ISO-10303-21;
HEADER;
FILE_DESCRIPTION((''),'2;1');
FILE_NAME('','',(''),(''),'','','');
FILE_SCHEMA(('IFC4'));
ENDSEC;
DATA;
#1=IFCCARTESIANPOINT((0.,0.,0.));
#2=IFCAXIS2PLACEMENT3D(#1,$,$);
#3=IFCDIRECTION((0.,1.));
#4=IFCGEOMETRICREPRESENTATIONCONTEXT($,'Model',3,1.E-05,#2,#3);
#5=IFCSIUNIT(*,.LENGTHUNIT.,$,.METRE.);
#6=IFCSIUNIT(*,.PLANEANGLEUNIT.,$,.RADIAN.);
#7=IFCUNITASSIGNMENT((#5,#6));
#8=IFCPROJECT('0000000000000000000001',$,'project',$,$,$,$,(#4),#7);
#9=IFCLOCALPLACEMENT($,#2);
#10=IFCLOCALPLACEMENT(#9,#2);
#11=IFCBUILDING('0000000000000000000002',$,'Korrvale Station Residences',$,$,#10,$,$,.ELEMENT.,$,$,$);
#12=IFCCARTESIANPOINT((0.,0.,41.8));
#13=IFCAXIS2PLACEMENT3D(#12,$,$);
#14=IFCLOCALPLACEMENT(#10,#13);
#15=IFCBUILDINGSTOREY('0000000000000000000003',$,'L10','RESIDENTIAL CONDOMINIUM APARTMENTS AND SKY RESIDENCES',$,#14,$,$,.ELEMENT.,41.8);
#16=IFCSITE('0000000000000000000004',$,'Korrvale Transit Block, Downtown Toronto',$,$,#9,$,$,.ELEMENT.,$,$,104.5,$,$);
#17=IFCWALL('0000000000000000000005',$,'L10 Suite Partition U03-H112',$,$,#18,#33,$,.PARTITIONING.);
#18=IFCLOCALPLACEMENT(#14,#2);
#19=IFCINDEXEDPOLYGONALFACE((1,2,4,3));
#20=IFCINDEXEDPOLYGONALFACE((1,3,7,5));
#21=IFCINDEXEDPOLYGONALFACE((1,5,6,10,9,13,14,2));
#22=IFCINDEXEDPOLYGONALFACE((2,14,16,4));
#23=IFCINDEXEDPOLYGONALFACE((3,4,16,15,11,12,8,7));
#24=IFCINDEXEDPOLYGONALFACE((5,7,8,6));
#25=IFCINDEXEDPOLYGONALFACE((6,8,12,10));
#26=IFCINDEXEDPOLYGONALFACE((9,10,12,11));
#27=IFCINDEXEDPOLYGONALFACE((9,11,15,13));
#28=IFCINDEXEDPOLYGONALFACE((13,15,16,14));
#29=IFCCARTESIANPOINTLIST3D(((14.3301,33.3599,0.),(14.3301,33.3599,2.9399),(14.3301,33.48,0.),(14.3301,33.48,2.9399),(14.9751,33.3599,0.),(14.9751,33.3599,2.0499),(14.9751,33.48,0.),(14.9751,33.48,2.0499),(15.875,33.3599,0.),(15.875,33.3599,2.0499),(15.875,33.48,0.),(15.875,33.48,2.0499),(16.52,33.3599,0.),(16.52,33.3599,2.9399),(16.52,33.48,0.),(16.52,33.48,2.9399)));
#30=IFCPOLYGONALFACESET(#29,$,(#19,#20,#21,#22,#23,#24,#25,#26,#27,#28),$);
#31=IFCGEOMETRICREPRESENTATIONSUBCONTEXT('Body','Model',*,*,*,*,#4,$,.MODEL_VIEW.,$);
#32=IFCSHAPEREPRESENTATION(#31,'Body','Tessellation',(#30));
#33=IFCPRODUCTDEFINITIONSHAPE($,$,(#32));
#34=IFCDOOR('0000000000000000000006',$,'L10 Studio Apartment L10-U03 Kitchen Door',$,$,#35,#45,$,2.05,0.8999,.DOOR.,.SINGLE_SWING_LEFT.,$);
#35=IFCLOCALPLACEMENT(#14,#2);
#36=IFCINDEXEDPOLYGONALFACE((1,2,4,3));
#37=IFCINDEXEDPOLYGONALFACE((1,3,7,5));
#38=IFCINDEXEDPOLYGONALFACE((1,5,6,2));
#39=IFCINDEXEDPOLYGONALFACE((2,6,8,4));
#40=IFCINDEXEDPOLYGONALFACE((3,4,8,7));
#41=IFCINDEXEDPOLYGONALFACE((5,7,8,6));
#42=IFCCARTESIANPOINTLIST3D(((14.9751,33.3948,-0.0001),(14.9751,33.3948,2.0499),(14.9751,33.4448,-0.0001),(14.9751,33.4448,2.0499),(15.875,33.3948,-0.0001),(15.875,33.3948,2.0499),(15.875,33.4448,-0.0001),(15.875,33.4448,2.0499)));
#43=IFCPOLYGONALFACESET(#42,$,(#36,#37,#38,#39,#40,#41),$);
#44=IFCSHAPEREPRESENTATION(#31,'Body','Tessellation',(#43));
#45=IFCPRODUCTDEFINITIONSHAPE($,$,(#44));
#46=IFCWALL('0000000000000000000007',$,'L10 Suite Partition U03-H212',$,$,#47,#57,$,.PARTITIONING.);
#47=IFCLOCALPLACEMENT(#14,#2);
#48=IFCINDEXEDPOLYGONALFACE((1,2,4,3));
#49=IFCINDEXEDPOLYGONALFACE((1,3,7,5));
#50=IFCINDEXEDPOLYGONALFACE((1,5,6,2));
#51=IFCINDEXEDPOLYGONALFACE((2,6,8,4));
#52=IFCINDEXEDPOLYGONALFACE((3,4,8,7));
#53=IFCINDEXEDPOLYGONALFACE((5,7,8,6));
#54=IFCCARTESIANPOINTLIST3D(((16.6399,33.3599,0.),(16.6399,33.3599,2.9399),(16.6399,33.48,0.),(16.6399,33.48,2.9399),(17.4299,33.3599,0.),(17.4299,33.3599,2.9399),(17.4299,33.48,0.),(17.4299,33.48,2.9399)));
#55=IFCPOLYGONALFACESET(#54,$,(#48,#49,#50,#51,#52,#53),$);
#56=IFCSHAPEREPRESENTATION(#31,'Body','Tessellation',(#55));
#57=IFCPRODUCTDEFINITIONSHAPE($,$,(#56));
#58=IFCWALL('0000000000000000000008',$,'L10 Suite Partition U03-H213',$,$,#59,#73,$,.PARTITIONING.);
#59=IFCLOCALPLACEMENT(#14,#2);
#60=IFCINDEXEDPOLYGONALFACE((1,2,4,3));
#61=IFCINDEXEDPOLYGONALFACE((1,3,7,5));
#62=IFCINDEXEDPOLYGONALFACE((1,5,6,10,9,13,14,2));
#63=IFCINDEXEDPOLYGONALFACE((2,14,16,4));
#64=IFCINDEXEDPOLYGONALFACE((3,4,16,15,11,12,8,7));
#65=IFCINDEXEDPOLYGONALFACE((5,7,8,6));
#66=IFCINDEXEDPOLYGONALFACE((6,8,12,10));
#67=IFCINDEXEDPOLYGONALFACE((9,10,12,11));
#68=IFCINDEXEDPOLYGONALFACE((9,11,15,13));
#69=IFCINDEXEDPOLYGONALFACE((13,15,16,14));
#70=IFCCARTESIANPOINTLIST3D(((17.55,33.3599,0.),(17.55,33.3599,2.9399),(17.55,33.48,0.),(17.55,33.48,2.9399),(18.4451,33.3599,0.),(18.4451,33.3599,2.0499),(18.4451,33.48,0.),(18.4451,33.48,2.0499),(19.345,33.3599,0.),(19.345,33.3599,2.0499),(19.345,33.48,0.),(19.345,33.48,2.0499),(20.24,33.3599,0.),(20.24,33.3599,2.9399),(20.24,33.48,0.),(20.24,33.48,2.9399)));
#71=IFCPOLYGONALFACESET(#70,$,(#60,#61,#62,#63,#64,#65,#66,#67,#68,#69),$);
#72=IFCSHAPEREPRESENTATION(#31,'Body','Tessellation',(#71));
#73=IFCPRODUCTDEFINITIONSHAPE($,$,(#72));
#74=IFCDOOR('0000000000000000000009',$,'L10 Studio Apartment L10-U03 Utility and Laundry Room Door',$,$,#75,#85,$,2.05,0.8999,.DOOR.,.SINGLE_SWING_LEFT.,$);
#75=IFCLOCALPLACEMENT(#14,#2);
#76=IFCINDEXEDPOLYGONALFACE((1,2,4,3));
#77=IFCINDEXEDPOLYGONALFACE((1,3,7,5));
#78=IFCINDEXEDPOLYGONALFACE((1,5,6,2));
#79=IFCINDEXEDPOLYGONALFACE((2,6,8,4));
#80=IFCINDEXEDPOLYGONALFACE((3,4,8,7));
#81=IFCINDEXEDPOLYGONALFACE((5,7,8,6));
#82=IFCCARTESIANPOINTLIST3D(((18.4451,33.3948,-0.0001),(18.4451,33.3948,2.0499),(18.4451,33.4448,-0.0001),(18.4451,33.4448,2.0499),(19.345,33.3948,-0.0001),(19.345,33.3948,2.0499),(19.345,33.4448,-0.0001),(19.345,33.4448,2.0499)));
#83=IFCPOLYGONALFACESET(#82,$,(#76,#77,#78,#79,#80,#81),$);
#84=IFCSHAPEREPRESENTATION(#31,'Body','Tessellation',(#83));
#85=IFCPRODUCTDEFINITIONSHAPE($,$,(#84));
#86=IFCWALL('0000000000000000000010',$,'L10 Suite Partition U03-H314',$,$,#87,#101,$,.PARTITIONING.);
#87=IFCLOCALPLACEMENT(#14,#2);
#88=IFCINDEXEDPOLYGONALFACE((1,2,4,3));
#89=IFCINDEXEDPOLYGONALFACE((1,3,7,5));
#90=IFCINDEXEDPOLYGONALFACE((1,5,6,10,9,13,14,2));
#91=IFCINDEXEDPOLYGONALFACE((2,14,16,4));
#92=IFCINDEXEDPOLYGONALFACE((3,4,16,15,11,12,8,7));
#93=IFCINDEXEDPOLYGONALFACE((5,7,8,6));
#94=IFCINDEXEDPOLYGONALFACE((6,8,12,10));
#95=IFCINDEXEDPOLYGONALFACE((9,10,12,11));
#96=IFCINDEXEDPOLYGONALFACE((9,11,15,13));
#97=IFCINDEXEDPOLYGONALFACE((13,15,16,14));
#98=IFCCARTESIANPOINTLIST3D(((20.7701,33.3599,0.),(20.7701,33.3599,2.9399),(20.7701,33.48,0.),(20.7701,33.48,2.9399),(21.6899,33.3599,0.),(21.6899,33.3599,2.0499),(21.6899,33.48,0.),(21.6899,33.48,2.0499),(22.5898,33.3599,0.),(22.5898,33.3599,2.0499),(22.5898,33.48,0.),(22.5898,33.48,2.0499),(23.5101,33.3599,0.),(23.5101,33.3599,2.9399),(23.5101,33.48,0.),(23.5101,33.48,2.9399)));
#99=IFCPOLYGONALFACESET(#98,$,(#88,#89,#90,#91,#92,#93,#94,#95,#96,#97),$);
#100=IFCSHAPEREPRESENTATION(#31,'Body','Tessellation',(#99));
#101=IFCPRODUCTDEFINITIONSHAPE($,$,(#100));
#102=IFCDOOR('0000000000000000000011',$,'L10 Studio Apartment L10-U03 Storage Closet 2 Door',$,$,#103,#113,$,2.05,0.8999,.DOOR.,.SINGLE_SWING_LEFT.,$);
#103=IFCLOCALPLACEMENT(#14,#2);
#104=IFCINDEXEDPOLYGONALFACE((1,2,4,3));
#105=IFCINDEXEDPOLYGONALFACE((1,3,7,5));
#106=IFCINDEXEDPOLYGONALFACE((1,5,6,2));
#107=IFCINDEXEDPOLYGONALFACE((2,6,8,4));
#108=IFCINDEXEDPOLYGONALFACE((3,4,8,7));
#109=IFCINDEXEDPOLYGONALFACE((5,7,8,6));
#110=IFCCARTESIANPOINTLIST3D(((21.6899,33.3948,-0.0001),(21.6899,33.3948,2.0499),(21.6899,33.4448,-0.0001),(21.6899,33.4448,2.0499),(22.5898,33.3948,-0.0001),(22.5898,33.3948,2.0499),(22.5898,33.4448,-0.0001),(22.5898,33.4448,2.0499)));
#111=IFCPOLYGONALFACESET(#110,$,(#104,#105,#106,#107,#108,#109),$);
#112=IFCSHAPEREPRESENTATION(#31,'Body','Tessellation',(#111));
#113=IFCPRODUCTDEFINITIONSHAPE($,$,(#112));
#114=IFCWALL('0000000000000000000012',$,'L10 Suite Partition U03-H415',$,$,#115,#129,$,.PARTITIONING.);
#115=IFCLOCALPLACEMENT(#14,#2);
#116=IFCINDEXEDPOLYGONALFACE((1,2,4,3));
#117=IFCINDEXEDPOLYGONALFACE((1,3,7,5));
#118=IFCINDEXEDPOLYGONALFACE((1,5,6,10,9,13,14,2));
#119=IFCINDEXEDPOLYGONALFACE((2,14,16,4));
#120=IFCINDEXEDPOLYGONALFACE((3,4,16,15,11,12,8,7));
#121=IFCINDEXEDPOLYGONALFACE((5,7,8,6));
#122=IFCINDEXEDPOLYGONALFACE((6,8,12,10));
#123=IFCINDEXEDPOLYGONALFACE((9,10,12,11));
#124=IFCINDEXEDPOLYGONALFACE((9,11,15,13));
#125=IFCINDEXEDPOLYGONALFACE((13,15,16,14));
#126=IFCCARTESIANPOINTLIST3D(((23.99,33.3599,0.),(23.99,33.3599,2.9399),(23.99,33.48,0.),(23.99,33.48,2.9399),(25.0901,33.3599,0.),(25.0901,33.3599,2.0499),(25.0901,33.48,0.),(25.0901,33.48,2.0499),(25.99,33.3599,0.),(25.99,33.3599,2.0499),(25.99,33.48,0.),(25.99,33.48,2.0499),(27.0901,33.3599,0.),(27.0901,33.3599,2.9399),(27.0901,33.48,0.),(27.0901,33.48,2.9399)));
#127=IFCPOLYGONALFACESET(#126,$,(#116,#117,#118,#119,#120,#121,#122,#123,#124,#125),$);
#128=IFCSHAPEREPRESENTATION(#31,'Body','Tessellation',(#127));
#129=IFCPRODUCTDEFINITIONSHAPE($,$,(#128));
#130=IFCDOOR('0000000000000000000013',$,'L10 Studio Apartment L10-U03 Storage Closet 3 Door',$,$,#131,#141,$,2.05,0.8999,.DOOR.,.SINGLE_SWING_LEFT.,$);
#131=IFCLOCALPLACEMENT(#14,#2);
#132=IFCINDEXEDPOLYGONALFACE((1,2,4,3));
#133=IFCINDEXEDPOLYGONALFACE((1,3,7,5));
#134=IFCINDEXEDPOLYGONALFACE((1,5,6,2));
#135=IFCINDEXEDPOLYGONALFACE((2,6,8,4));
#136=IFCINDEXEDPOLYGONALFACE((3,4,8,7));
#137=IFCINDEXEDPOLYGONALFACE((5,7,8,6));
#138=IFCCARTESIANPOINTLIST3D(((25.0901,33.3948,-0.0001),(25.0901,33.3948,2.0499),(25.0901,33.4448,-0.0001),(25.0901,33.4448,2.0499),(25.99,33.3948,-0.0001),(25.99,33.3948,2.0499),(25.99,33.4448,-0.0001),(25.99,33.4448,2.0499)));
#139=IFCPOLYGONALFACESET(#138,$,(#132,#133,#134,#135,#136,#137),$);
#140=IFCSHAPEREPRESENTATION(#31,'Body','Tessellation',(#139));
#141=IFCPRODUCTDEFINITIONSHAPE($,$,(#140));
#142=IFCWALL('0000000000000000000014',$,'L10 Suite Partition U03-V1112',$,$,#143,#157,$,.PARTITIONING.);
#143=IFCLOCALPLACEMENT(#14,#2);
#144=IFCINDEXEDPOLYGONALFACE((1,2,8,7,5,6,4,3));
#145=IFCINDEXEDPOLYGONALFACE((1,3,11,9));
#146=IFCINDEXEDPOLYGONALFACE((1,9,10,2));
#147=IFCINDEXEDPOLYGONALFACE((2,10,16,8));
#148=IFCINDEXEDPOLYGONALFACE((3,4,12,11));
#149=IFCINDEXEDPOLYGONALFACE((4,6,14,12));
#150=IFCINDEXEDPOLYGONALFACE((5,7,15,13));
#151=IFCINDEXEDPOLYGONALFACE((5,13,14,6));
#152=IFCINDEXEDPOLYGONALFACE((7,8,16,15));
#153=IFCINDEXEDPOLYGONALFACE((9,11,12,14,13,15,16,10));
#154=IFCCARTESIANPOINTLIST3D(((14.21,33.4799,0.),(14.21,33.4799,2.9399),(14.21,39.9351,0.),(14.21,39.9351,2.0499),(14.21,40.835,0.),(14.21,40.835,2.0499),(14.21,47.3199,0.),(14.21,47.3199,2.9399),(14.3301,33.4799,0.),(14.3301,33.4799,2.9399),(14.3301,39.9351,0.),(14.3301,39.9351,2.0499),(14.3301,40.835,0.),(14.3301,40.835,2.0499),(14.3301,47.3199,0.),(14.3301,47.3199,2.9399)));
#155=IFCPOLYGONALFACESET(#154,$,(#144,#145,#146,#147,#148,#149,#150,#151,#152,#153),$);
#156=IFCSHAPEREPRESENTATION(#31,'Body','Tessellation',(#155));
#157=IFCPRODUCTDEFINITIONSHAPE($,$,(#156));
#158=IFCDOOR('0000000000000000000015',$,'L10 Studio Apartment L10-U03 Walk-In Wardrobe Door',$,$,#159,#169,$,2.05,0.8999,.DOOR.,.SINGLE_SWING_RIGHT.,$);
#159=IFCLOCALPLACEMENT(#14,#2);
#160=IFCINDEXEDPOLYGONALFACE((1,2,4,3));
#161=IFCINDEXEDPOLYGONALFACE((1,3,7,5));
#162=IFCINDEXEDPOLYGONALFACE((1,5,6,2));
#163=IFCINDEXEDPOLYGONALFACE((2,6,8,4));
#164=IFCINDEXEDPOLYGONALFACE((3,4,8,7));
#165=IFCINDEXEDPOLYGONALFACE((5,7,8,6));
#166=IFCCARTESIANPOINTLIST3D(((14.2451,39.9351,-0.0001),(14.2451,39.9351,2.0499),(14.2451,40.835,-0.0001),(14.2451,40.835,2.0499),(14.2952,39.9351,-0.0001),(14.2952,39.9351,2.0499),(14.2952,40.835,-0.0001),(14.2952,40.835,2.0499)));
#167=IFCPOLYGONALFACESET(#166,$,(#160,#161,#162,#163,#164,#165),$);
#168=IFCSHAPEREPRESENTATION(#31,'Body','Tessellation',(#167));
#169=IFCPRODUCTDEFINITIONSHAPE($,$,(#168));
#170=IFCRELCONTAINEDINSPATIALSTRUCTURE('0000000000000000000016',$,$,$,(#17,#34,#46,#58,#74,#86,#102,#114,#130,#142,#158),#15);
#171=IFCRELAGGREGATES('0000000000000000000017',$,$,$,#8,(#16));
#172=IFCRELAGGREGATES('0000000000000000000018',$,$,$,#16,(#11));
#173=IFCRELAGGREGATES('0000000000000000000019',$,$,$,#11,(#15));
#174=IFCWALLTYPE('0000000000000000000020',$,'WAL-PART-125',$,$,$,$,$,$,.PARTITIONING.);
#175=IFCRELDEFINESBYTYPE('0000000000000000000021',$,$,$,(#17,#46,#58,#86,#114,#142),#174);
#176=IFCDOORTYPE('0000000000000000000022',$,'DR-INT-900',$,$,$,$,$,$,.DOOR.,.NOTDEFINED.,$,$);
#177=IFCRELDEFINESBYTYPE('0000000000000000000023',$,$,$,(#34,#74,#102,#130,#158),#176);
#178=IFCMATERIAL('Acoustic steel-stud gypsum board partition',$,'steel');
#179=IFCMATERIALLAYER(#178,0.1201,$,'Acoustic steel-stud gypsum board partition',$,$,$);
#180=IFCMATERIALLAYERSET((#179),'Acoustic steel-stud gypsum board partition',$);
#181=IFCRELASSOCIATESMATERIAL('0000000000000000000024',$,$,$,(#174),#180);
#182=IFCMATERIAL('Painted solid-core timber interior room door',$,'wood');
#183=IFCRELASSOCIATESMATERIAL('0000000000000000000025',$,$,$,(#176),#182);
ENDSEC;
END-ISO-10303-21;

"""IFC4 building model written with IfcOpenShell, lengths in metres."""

from ifc_helpers import new_model, si_unit, direction, frame, frame_2d, origin, place, context, subcontext, project, spatial, rectangle, extrude, material, layer, layer_set, type_object, element, fill, save


model = new_model("IFC4")

# Units and contexts
model_context = context("Model", 3, precision=1e-05, world=origin(), true_north=direction((0.0, 1.0)))
body_context = subcontext(model_context, "Body", "Model", "MODEL_VIEW")
ifc_project = project(units=[si_unit("LENGTHUNIT", "METRE"), si_unit("PLANEANGLEUNIT", "RADIAN")], contexts=[model_context])

# Site, building, storey
site_placement = place(None, origin())
site = spatial("IfcSite", under=ifc_project, at=site_placement, Name="Korrvale Transit Block, Downtown Toronto", CompositionType="ELEMENT", RefElevation=104.5)
building_placement = place(site_placement, origin())
building = spatial("IfcBuilding", under=site, at=building_placement, Name="Korrvale Station Residences", CompositionType="ELEMENT")
storey_placement = place(building_placement, frame((0.0, 0.0, 41.8)))
storey = spatial("IfcBuildingStorey", under=building, at=storey_placement, Name="L10", Description="RESIDENTIAL CONDOMINIUM APARTMENTS AND SKY RESIDENCES", CompositionType="ELEMENT", Elevation=41.8)

# Wall, opening, door
ifc_material_1 = material(Name="Acoustic steel-stud gypsum board partition", Category="steel")
ifc_layer_1 = layer(ifc_material_1, 0.1201, Name="Acoustic steel-stud gypsum board partition")
ifc_layer_set_1 = layer_set([ifc_layer_1], Name="Acoustic steel-stud gypsum board partition")
wall_type = type_object("IfcWallType", Name="WAL-PART-125", PredefinedType="PARTITIONING", material=ifc_layer_set_1)
wall_1_placement = place(storey_placement, frame((14.3301, 33.4199, 0.0), z_axis=(0.0, 0.0, 1.0), x_axis=(1.0, 0.0, 0.0)))
wall_1 = element("IfcWall", 1, at=wall_1_placement, inside=storey, type_object=wall_type, Name="L10 Suite Partition U03-H112", PredefinedType="PARTITIONING", context=body_context, shape_type="SweptSolid", body=[
    extrude(rectangle(XDim=2.1899, YDim=0.1201, at=frame_2d((1.095, 0.0))), origin(), (0.0, 0.0, 1.0), 2.9399),
])
opening_1_placement = place(wall_1_placement, frame((0.645, 0.0, 0.0)))
opening_1 = element("IfcOpeningElement", 2, at=opening_1_placement, cuts=wall_1, PredefinedType="OPENING", context=body_context, shape_type="SweptSolid", body=[
    extrude(rectangle(XDim=0.8999, YDim=2.05, at=frame_2d((0.45, 1.0249))), frame((0.0, 0.0701, 0.0), z_axis=(0.0, -1.0, 0.0), x_axis=(1.0, 0.0, 0.0)), (0.0, 0.0, 1.0), 0.1401),
])
ifc_material_2 = material(Name="Painted solid-core timber interior room door", Category="wood")
door_type = type_object("IfcDoorType", Name="DR-INT-900", OperationType="NOTDEFINED", PredefinedType="DOOR", material=ifc_material_2)
door_1_placement = place(opening_1_placement, origin())
door_1 = element("IfcDoor", 3, at=door_1_placement, inside=storey, type_object=door_type, Name="L10 Studio Apartment L10-U03 Kitchen Door", OperationType="SINGLE_SWING_LEFT", OverallHeight=2.05, OverallWidth=0.8999, PredefinedType="DOOR", context=body_context, shape_type="SweptSolid", body=[
    extrude(rectangle(XDim=0.8999, YDim=2.05, at=frame_2d((0.45, 1.0249))), frame((0.0, 0.0249, 0.0), z_axis=(0.0, -1.0, 0.0), x_axis=(1.0, 0.0, 0.0)), (0.0, 0.0, 1.0), 0.05),
])
fill(opening_1, door_1)

# Wall
wall_2_placement = place(storey_placement, frame((16.6399, 33.4199, 0.0), z_axis=(0.0, 0.0, 1.0), x_axis=(1.0, 0.0, 0.0)))
element("IfcWall", 4, at=wall_2_placement, inside=storey, type_object=wall_type, Name="L10 Suite Partition U03-H212", PredefinedType="PARTITIONING", context=body_context, shape_type="SweptSolid", body=[
    extrude(rectangle(XDim=0.79, YDim=0.1201, at=frame_2d((0.395, 0.0))), origin(), (0.0, 0.0, 1.0), 2.9399),
])

# Walls, openings, doors
wall_3_placement = place(storey_placement, frame((17.55, 33.4199, 0.0), z_axis=(0.0, 0.0, 1.0), x_axis=(1.0, 0.0, 0.0)))
wall_3 = element("IfcWall", 5, at=wall_3_placement, inside=storey, type_object=wall_type, Name="L10 Suite Partition U03-H213", PredefinedType="PARTITIONING", context=body_context, shape_type="SweptSolid", body=[
    extrude(rectangle(XDim=2.6899, YDim=0.1201, at=frame_2d((1.345, 0.0))), origin(), (0.0, 0.0, 1.0), 2.9399),
])
opening_2_placement = place(wall_3_placement, frame((0.895, 0.0, 0.0)))
opening_2 = element("IfcOpeningElement", 6, at=opening_2_placement, cuts=wall_3, PredefinedType="OPENING", context=body_context, shape_type="SweptSolid", body=[
    extrude(rectangle(XDim=0.8999, YDim=2.05, at=frame_2d((0.45, 1.0249))), frame((0.0, 0.0701, 0.0), z_axis=(0.0, -1.0, 0.0), x_axis=(1.0, 0.0, 0.0)), (0.0, 0.0, 1.0), 0.1401),
])
door_2_placement = place(opening_2_placement, origin())
door_2 = element("IfcDoor", 7, at=door_2_placement, inside=storey, type_object=door_type, Name="L10 Studio Apartment L10-U03 Utility and Laundry Room Door", OperationType="SINGLE_SWING_LEFT", OverallHeight=2.05, OverallWidth=0.8999, PredefinedType="DOOR", context=body_context, shape_type="SweptSolid", body=[
    extrude(rectangle(XDim=0.8999, YDim=2.05, at=frame_2d((0.45, 1.0249))), frame((0.0, 0.0249, 0.0), z_axis=(0.0, -1.0, 0.0), x_axis=(1.0, 0.0, 0.0)), (0.0, 0.0, 1.0), 0.05),
])
fill(opening_2, door_2)
wall_4_placement = place(storey_placement, frame((20.77, 33.4199, 0.0), z_axis=(0.0, 0.0, 1.0), x_axis=(1.0, 0.0, 0.0)))
wall_4 = element("IfcWall", 8, at=wall_4_placement, inside=storey, type_object=wall_type, Name="L10 Suite Partition U03-H314", PredefinedType="PARTITIONING", context=body_context, shape_type="SweptSolid", body=[
    extrude(rectangle(XDim=2.74, YDim=0.1201, at=frame_2d((1.3701, 0.0))), origin(), (0.0, 0.0, 1.0), 2.9399),
])
opening_3_placement = place(wall_4_placement, frame((0.9199, 0.0, 0.0)))
opening_3 = element("IfcOpeningElement", 9, at=opening_3_placement, cuts=wall_4, PredefinedType="OPENING", context=body_context, shape_type="SweptSolid", body=[
    extrude(rectangle(XDim=0.8999, YDim=2.05, at=frame_2d((0.45, 1.0249))), frame((0.0, 0.0701, 0.0), z_axis=(0.0, -1.0, 0.0), x_axis=(1.0, 0.0, 0.0)), (0.0, 0.0, 1.0), 0.1401),
])
door_3_placement = place(opening_3_placement, origin())
door_3 = element("IfcDoor", 10, at=door_3_placement, inside=storey, type_object=door_type, Name="L10 Studio Apartment L10-U03 Storage Closet 2 Door", OperationType="SINGLE_SWING_LEFT", OverallHeight=2.05, OverallWidth=0.8999, PredefinedType="DOOR", context=body_context, shape_type="SweptSolid", body=[
    extrude(rectangle(XDim=0.8999, YDim=2.05, at=frame_2d((0.45, 1.0249))), frame((0.0, 0.0249, 0.0), z_axis=(0.0, -1.0, 0.0), x_axis=(1.0, 0.0, 0.0)), (0.0, 0.0, 1.0), 0.05),
])
fill(opening_3, door_3)
wall_5_placement = place(storey_placement, frame((23.99, 33.4199, 0.0), z_axis=(0.0, 0.0, 1.0), x_axis=(1.0, 0.0, 0.0)))
wall_5 = element("IfcWall", 11, at=wall_5_placement, inside=storey, type_object=wall_type, Name="L10 Suite Partition U03-H415", PredefinedType="PARTITIONING", context=body_context, shape_type="SweptSolid", body=[
    extrude(rectangle(XDim=3.1001, YDim=0.1201, at=frame_2d((1.55, 0.0))), origin(), (0.0, 0.0, 1.0), 2.9399),
])
opening_4_placement = place(wall_5_placement, frame((1.1001, 0.0, 0.0)))
opening_4 = element("IfcOpeningElement", 12, at=opening_4_placement, cuts=wall_5, PredefinedType="OPENING", context=body_context, shape_type="SweptSolid", body=[
    extrude(rectangle(XDim=0.8999, YDim=2.05, at=frame_2d((0.45, 1.0249))), frame((0.0, 0.0701, 0.0), z_axis=(0.0, -1.0, 0.0), x_axis=(1.0, 0.0, 0.0)), (0.0, 0.0, 1.0), 0.1401),
])
door_4_placement = place(opening_4_placement, origin())
door_4 = element("IfcDoor", 13, at=door_4_placement, inside=storey, type_object=door_type, Name="L10 Studio Apartment L10-U03 Storage Closet 3 Door", OperationType="SINGLE_SWING_LEFT", OverallHeight=2.05, OverallWidth=0.8999, PredefinedType="DOOR", context=body_context, shape_type="SweptSolid", body=[
    extrude(rectangle(XDim=0.8999, YDim=2.05, at=frame_2d((0.45, 1.0249))), frame((0.0, 0.0249, 0.0), z_axis=(0.0, -1.0, 0.0), x_axis=(1.0, 0.0, 0.0)), (0.0, 0.0, 1.0), 0.05),
])
fill(opening_4, door_4)
wall_6_placement = place(storey_placement, frame((14.27, 33.48, 0.0), z_axis=(0.0, 0.0, 1.0), x_axis=(0.0, 1.0, 0.0)))
wall_6 = element("IfcWall", 14, at=wall_6_placement, inside=storey, type_object=wall_type, Name="L10 Suite Partition U03-V1112", PredefinedType="PARTITIONING", context=body_context, shape_type="SweptSolid", body=[
    extrude(rectangle(XDim=13.8401, YDim=0.1201, at=frame_2d((6.9199, 0.0))), origin(), (0.0, 0.0, 1.0), 2.9399),
])
opening_5_placement = place(wall_6_placement, frame((6.4551, 0.0, 0.0)))
opening_5 = element("IfcOpeningElement", 15, at=opening_5_placement, cuts=wall_6, PredefinedType="OPENING", context=body_context, shape_type="SweptSolid", body=[
    extrude(rectangle(XDim=0.8999, YDim=2.05, at=frame_2d((0.45, 1.0249))), frame((0.0, 0.0701, 0.0), z_axis=(0.0, -1.0, 0.0), x_axis=(1.0, 0.0, 0.0)), (0.0, 0.0, 1.0), 0.1401),
])
door_5_placement = place(opening_5_placement, origin())
door_5 = element("IfcDoor", 16, at=door_5_placement, inside=storey, type_object=door_type, Name="L10 Studio Apartment L10-U03 Walk-In Wardrobe Door", OperationType="SINGLE_SWING_RIGHT", OverallHeight=2.05, OverallWidth=0.8999, PredefinedType="DOOR", context=body_context, shape_type="SweptSolid", body=[
    extrude(rectangle(XDim=0.8999, YDim=2.05, at=frame_2d((0.45, 1.0249))), frame((0.0, 0.0249, 0.0), z_axis=(0.0, -1.0, 0.0), x_axis=(1.0, 0.0, 0.0)), (0.0, 0.0, 1.0), 0.05),
])
fill(opening_5, door_5)

save(model, "model.ifc")
